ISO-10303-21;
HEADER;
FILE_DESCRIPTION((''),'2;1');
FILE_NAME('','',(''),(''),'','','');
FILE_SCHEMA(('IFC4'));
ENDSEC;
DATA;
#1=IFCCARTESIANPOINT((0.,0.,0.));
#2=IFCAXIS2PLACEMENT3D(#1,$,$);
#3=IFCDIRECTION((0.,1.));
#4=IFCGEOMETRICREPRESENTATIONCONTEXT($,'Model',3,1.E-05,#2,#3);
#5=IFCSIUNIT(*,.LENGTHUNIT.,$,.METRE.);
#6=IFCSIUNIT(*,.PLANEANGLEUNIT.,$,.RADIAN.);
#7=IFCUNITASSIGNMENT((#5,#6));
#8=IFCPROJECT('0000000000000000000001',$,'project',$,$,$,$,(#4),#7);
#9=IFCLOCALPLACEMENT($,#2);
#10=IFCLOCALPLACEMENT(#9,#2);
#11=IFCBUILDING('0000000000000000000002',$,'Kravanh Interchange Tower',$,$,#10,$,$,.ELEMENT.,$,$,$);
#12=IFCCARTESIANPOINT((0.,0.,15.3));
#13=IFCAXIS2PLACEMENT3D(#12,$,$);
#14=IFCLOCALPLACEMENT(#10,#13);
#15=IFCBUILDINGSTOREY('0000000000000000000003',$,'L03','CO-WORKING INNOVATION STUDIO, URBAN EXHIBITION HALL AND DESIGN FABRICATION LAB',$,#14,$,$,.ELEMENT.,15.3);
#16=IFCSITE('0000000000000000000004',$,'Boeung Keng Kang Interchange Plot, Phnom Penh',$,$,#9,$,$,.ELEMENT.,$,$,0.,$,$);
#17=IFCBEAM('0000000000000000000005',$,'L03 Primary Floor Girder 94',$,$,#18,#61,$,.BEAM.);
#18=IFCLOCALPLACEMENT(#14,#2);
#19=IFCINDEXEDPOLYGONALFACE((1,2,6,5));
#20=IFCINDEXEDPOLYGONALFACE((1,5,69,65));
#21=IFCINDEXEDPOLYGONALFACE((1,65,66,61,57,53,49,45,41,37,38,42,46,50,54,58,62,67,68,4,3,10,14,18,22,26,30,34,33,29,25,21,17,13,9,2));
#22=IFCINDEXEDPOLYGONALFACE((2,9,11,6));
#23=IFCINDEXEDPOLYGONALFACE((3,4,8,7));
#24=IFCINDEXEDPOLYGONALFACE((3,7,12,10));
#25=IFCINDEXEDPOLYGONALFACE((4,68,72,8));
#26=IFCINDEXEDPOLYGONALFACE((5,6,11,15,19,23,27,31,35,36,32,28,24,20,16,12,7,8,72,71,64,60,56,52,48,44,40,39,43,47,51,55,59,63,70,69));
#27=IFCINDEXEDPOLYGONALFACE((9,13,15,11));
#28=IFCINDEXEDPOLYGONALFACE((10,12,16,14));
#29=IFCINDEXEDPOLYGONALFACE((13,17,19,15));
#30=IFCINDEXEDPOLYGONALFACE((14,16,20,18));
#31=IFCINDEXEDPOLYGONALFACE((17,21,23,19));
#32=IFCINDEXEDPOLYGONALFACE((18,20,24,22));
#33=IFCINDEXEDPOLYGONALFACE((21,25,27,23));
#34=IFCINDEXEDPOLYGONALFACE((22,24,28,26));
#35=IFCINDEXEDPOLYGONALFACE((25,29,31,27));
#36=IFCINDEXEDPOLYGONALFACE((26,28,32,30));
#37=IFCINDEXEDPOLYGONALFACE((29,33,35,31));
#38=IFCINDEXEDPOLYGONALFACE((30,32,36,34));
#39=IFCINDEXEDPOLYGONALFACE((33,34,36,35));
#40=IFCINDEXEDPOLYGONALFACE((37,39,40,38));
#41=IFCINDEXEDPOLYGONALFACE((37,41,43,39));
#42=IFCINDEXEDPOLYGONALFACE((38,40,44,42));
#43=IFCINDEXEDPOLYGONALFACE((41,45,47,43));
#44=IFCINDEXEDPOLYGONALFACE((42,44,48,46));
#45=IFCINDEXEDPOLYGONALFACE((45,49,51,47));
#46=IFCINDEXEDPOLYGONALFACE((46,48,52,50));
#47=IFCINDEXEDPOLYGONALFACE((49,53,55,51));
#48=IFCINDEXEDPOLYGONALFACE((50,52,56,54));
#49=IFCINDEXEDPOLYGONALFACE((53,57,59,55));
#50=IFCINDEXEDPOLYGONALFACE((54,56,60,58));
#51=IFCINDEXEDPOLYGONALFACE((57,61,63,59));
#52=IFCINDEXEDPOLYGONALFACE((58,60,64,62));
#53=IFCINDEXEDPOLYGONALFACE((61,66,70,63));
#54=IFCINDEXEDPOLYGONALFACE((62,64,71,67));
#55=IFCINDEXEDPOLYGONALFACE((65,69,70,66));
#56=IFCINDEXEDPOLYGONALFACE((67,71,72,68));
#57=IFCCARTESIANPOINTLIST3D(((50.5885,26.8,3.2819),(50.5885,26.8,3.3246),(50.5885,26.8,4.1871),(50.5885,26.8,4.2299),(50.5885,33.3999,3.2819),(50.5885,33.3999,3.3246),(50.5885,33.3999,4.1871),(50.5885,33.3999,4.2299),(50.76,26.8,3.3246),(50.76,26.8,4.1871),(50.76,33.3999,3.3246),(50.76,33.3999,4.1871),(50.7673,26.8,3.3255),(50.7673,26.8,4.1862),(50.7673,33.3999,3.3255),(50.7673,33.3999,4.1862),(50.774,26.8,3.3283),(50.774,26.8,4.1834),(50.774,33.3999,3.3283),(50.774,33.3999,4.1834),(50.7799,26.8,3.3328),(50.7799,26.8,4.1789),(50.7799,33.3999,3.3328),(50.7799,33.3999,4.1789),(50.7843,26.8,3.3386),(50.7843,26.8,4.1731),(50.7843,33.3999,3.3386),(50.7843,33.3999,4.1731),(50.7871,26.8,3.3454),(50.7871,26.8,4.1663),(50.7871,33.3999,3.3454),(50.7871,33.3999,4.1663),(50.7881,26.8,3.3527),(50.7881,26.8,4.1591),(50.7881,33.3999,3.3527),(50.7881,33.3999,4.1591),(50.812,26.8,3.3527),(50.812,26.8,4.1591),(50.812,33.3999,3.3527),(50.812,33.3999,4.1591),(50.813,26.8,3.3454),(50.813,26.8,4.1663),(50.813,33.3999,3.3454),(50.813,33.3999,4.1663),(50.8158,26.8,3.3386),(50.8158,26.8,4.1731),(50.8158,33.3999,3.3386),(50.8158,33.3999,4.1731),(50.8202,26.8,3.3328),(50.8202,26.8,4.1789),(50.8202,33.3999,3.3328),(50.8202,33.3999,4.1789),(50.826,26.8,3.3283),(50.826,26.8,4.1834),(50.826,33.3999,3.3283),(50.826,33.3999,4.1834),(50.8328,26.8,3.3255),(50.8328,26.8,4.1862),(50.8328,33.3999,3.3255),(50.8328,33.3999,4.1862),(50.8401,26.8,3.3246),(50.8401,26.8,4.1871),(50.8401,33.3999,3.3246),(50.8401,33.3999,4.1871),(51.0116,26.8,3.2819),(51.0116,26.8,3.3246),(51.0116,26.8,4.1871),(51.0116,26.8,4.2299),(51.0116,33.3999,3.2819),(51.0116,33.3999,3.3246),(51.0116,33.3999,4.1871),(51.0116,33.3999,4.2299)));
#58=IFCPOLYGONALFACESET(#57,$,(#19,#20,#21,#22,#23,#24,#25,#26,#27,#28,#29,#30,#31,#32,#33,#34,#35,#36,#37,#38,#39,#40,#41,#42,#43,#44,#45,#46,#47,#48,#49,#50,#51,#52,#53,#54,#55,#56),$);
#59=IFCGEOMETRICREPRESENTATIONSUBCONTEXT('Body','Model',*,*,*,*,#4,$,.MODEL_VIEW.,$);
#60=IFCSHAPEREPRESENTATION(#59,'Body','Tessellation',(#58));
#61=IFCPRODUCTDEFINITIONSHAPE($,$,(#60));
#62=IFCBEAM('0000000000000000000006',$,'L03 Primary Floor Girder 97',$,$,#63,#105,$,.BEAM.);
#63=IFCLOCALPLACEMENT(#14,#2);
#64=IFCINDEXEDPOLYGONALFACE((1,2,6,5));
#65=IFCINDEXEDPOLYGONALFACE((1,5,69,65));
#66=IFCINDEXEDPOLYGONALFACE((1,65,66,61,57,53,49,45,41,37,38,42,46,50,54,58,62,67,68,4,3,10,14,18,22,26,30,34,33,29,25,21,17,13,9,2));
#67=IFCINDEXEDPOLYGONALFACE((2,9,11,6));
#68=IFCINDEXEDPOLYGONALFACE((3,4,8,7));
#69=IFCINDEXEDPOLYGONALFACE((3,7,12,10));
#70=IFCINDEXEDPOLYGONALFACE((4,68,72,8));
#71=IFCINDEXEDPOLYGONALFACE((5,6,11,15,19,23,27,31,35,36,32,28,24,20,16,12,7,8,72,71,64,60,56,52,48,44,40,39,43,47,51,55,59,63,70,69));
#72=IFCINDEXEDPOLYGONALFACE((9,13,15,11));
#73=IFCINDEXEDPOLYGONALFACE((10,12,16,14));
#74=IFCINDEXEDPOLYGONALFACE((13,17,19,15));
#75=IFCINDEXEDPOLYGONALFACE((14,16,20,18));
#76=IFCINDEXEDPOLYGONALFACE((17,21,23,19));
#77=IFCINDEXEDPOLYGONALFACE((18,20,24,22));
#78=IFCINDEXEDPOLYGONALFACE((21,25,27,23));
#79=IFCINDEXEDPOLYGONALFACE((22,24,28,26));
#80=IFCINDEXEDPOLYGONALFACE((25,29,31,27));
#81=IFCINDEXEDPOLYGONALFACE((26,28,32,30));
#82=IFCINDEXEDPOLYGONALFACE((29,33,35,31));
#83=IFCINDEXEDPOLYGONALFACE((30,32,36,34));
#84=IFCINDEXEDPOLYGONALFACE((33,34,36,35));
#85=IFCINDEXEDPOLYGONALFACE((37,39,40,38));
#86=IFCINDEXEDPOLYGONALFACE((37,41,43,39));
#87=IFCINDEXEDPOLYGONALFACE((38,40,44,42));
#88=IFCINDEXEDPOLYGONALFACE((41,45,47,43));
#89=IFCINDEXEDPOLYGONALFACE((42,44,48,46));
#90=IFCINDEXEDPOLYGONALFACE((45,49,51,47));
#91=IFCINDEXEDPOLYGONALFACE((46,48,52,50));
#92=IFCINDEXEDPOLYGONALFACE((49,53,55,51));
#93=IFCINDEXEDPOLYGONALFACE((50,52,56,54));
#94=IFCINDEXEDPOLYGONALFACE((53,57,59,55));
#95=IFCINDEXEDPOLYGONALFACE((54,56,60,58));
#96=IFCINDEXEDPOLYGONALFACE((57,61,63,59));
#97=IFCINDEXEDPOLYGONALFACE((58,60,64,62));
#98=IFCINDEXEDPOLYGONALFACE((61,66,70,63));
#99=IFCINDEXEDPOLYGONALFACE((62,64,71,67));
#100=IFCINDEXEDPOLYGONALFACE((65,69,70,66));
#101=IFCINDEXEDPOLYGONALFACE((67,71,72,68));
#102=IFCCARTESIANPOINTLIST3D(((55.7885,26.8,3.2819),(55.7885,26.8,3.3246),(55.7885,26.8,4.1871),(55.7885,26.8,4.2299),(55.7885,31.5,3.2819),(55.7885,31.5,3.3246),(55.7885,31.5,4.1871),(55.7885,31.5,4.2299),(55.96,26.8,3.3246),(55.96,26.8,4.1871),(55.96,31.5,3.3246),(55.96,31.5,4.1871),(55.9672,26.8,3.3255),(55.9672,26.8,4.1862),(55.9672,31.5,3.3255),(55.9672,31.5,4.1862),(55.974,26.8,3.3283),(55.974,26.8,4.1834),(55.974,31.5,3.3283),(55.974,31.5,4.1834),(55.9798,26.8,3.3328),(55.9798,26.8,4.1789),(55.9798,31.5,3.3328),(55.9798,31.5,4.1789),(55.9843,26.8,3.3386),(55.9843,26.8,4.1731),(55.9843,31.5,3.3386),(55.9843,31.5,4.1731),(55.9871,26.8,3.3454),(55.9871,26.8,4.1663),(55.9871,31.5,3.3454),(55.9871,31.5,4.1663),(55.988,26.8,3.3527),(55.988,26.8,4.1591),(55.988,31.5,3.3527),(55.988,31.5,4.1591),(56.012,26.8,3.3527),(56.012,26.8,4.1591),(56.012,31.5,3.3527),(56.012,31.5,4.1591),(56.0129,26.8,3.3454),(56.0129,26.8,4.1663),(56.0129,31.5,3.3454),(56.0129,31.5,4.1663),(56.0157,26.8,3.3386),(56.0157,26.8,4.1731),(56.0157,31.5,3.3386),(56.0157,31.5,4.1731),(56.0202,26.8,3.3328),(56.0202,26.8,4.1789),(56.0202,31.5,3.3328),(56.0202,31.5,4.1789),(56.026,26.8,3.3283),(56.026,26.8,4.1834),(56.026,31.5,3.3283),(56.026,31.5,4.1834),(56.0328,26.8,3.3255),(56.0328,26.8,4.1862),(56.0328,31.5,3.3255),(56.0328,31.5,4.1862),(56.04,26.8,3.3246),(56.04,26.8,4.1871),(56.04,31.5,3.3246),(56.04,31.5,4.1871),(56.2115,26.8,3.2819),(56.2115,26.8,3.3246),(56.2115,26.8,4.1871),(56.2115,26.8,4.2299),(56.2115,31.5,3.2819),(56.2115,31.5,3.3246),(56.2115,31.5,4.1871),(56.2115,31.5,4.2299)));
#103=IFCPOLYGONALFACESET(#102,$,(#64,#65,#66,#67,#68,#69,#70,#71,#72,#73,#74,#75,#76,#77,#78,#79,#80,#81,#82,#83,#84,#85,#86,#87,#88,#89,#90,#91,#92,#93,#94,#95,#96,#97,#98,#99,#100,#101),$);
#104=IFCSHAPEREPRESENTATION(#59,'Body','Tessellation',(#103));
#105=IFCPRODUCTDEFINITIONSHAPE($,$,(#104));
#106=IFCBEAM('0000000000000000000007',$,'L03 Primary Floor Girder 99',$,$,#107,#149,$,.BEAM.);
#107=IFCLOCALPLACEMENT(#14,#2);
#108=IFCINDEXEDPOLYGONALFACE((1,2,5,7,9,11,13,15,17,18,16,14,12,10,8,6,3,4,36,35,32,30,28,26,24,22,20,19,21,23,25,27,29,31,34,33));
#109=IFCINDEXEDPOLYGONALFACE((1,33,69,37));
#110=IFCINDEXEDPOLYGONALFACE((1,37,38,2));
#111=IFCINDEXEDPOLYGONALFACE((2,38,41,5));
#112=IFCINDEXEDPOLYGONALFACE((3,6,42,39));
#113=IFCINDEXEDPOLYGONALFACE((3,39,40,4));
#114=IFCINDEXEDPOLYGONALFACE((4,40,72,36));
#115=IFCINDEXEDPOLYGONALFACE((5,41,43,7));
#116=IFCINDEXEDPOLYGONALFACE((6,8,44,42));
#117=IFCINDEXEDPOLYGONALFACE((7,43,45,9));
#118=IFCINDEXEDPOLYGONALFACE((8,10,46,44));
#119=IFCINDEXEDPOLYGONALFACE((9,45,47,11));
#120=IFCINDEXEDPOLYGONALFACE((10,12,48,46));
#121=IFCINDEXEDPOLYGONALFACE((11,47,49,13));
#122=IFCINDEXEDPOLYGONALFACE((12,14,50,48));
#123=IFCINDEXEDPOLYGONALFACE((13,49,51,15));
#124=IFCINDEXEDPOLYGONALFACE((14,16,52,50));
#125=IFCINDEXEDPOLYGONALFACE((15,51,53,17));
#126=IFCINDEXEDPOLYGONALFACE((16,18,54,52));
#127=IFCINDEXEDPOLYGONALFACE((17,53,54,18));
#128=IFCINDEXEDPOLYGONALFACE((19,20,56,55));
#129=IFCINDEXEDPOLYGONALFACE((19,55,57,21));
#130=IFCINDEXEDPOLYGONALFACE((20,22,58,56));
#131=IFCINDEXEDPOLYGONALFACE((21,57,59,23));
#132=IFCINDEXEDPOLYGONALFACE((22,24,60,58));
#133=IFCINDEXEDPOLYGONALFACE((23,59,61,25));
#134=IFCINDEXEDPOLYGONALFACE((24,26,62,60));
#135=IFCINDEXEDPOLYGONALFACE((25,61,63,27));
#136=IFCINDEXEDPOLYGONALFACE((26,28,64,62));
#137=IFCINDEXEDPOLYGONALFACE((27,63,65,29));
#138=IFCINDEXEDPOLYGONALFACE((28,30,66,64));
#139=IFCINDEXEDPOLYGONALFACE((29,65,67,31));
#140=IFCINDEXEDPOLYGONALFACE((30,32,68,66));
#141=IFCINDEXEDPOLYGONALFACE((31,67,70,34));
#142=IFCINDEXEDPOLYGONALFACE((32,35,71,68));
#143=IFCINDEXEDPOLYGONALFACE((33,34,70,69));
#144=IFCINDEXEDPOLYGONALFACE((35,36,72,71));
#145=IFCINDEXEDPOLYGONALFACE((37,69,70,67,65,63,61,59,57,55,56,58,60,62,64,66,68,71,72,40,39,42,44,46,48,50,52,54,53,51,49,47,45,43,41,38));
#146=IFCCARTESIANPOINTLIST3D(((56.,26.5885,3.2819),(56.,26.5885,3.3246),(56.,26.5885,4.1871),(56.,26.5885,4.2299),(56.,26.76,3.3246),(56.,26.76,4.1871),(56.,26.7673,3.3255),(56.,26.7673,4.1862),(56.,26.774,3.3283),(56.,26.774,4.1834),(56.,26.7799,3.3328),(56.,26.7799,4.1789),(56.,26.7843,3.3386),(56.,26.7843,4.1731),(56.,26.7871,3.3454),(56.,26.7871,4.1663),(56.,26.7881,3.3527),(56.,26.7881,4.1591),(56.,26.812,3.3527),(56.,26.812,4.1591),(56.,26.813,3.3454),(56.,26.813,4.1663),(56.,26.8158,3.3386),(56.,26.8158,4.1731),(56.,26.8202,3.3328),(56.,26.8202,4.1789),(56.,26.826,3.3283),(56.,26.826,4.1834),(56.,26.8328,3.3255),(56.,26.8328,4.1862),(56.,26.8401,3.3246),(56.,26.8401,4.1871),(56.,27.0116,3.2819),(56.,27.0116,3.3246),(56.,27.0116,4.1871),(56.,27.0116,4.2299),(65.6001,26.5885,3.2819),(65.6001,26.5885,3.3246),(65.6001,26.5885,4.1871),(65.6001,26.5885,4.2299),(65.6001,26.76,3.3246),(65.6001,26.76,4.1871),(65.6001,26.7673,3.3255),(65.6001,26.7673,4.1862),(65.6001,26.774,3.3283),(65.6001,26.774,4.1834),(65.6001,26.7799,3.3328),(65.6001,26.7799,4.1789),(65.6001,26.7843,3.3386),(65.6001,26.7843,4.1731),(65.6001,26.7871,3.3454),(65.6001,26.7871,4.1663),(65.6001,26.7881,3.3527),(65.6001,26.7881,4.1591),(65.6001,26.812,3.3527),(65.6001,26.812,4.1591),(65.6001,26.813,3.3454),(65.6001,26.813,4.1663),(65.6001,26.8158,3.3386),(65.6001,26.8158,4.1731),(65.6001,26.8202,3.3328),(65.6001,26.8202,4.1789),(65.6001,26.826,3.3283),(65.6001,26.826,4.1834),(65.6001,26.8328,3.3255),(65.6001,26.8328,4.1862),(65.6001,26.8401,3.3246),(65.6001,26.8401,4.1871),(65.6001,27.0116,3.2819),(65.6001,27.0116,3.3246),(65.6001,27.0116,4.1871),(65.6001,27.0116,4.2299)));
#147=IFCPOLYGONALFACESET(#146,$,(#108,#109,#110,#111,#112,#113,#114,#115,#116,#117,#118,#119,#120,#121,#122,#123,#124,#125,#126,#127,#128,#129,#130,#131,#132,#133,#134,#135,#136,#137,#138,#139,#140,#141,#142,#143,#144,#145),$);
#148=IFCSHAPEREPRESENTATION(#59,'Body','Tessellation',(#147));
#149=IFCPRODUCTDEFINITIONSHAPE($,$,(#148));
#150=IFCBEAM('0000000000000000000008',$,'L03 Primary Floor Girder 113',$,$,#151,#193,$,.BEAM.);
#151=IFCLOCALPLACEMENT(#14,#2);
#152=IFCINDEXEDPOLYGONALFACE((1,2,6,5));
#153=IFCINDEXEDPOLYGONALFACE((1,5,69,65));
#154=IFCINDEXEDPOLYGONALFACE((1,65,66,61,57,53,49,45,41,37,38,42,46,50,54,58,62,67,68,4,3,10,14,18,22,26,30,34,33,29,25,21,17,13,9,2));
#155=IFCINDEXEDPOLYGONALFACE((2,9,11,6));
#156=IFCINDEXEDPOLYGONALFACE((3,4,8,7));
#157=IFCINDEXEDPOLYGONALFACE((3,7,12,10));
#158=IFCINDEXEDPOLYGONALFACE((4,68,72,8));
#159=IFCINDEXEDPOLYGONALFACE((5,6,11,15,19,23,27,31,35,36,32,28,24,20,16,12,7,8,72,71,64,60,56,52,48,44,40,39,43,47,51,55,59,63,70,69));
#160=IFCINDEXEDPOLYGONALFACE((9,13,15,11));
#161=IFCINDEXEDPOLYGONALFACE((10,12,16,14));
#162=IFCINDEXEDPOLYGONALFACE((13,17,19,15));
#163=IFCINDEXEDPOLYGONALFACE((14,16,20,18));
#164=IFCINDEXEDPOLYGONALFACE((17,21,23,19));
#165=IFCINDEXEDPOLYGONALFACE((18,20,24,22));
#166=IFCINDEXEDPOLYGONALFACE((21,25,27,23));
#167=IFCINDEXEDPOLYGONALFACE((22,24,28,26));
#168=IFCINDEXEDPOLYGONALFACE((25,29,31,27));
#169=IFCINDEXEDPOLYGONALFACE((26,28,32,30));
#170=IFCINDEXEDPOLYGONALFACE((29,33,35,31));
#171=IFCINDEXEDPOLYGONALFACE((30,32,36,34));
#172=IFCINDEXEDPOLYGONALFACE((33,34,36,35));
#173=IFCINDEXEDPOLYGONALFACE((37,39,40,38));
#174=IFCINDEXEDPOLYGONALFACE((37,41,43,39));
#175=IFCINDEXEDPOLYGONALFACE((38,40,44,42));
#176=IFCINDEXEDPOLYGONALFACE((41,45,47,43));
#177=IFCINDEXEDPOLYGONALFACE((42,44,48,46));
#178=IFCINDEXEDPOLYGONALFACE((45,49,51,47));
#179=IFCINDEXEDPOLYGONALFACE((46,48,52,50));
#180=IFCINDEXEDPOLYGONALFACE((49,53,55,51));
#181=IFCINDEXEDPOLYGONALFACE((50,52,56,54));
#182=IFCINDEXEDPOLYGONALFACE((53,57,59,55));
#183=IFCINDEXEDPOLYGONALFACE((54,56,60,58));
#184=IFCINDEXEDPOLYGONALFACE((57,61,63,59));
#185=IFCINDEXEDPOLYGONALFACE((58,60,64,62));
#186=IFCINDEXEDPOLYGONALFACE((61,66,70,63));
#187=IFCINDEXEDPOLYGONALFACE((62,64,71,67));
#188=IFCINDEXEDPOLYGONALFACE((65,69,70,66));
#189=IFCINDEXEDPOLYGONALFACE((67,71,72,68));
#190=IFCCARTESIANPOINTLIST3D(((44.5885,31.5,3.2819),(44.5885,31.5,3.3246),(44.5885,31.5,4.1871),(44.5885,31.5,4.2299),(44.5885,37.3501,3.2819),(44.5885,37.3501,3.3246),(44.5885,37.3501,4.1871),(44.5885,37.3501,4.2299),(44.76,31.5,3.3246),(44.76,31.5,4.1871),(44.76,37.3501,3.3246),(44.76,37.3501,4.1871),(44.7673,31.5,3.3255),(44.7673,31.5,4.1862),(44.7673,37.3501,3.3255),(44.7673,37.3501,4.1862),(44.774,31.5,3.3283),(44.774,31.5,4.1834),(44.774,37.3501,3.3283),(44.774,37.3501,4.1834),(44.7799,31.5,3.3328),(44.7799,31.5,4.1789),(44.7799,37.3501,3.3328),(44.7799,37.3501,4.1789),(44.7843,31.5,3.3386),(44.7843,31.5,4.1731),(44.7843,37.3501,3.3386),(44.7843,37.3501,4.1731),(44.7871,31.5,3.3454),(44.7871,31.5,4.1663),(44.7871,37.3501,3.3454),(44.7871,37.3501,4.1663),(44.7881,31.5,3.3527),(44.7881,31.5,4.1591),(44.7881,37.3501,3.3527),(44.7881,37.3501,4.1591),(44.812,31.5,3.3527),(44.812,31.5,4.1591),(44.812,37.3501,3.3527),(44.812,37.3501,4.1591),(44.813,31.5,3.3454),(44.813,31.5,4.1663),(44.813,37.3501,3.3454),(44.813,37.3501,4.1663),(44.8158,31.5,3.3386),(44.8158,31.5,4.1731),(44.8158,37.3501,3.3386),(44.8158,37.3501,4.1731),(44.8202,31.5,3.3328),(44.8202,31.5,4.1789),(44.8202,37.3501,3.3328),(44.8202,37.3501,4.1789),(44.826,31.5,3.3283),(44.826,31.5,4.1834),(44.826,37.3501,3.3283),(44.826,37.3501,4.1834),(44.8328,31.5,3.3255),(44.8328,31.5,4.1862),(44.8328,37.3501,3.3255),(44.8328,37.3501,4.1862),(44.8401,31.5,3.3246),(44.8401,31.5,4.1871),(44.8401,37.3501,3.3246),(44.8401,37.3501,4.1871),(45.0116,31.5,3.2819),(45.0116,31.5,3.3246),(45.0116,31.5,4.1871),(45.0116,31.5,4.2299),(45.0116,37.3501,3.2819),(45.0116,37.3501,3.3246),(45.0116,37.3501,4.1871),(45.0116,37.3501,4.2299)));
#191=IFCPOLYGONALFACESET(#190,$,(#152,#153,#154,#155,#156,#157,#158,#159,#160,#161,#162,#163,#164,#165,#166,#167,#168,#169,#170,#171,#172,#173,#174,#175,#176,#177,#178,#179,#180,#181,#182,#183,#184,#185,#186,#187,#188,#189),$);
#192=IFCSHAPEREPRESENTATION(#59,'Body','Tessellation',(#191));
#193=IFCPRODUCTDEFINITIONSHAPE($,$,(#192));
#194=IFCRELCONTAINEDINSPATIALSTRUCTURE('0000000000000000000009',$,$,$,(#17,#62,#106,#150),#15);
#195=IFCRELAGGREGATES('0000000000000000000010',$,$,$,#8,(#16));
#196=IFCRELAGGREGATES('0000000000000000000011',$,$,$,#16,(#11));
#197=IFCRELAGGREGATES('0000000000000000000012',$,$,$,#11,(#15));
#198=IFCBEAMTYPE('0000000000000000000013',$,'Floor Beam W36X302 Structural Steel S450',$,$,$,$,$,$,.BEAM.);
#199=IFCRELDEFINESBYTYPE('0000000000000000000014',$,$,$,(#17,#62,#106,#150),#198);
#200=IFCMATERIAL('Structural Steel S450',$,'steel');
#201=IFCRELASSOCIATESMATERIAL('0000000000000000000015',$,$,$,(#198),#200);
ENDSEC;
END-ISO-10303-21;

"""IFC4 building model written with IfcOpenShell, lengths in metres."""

from ifc_helpers import new_model, si_unit, direction, frame, origin, origin_2d, place, context, subcontext, project, spatial, i_section, extrude, material, material_profile, profile_set, type_object, element, save


model = new_model("IFC4")

# Units and contexts
model_context = context("Model", 3, precision=1e-05, world=origin(), true_north=direction((0.0, 1.0)))
body_context = subcontext(model_context, "Body", "Model", "MODEL_VIEW")
ifc_project = project(units=[si_unit("LENGTHUNIT", "METRE"), si_unit("PLANEANGLEUNIT", "RADIAN")], contexts=[model_context])

# Site, building, storey
site_placement = place(None, origin())
site = spatial("IfcSite", under=ifc_project, at=site_placement, Name="Boeung Keng Kang Interchange Plot, Phnom Penh", CompositionType="ELEMENT", RefElevation=0.0)
building_placement = place(site_placement, origin())
building = spatial("IfcBuilding", under=site, at=building_placement, Name="Kravanh Interchange Tower", CompositionType="ELEMENT")
storey_placement = place(building_placement, frame((0.0, 0.0, 15.3)))
storey = spatial("IfcBuildingStorey", under=building, at=storey_placement, Name="L03", Description="CO-WORKING INNOVATION STUDIO, URBAN EXHIBITION HALL AND DESIGN FABRICATION LAB", CompositionType="ELEMENT", Elevation=15.3)

# Beams
ifc_material_1 = material(Name="Structural Steel S450", Category="steel")
ifc_material_profile_1 = material_profile(ifc_material_1, i_section(OverallWidth=0.4231, OverallDepth=0.948, WebThickness=0.0239, FlangeThickness=0.0427, FilletRadius=0.0281, at=origin_2d()), Name="W36X302")
ifc_profile_set_1 = profile_set([ifc_material_profile_1], Name="Structural Steel S450")
beam_type_1 = type_object("IfcBeamType", Name="Floor Beam W36X302 Structural Steel S450", PredefinedType="BEAM", material=ifc_profile_set_1)
beam_1_placement = place(storey_placement, frame((50.8, 26.8, 3.7559), z_axis=(0.0, 1.0, 0.0), x_axis=(-1.0, 0.0, 0.0)))
element("IfcBeam", 1, at=beam_1_placement, inside=storey, type_object=beam_type_1, Name="L03 Primary Floor Girder 94", PredefinedType="BEAM", context=body_context, shape_type="SweptSolid", body=[
    extrude(i_section(OverallWidth=0.4231, OverallDepth=0.948, WebThickness=0.0239, FlangeThickness=0.0427, FilletRadius=0.0281, at=origin_2d()), origin(), (0.0, 0.0, 1.0), 6.5999),
])
beam_2_placement = place(storey_placement, frame((56.0, 26.8, 3.7559), z_axis=(0.0, 1.0, 0.0), x_axis=(-1.0, 0.0, 0.0)))
element("IfcBeam", 2, at=beam_2_placement, inside=storey, type_object=beam_type_1, Name="L03 Primary Floor Girder 97", PredefinedType="BEAM", context=body_context, shape_type="SweptSolid", body=[
    extrude(i_section(OverallWidth=0.4231, OverallDepth=0.948, WebThickness=0.0239, FlangeThickness=0.0427, FilletRadius=0.0281, at=origin_2d()), origin(), (0.0, 0.0, 1.0), 4.7),
])
beam_3_placement = place(storey_placement, frame((56.0, 26.8, 3.7559), z_axis=(1.0, 0.0, 0.0), x_axis=(0.0, 1.0, 0.0)))
element("IfcBeam", 3, at=beam_3_placement, inside=storey, type_object=beam_type_1, Name="L03 Primary Floor Girder 99", PredefinedType="BEAM", context=body_context, shape_type="SweptSolid", body=[
    extrude(i_section(OverallWidth=0.4231, OverallDepth=0.948, WebThickness=0.0239, FlangeThickness=0.0427, FilletRadius=0.0281, at=origin_2d()), origin(), (0.0, 0.0, 1.0), 9.6001),
])
beam_4_placement = place(storey_placement, frame((44.8, 31.5, 3.7559), z_axis=(0.0, 1.0, 0.0), x_axis=(-1.0, 0.0, 0.0)))
element("IfcBeam", 4, at=beam_4_placement, inside=storey, type_object=beam_type_1, Name="L03 Primary Floor Girder 113", PredefinedType="BEAM", context=body_context, shape_type="SweptSolid", body=[
    extrude(i_section(OverallWidth=0.4231, OverallDepth=0.948, WebThickness=0.0239, FlangeThickness=0.0427, FilletRadius=0.0281, at=origin_2d()), origin(), (0.0, 0.0, 1.0), 5.8501),
])

save(model, "model.ifc")
